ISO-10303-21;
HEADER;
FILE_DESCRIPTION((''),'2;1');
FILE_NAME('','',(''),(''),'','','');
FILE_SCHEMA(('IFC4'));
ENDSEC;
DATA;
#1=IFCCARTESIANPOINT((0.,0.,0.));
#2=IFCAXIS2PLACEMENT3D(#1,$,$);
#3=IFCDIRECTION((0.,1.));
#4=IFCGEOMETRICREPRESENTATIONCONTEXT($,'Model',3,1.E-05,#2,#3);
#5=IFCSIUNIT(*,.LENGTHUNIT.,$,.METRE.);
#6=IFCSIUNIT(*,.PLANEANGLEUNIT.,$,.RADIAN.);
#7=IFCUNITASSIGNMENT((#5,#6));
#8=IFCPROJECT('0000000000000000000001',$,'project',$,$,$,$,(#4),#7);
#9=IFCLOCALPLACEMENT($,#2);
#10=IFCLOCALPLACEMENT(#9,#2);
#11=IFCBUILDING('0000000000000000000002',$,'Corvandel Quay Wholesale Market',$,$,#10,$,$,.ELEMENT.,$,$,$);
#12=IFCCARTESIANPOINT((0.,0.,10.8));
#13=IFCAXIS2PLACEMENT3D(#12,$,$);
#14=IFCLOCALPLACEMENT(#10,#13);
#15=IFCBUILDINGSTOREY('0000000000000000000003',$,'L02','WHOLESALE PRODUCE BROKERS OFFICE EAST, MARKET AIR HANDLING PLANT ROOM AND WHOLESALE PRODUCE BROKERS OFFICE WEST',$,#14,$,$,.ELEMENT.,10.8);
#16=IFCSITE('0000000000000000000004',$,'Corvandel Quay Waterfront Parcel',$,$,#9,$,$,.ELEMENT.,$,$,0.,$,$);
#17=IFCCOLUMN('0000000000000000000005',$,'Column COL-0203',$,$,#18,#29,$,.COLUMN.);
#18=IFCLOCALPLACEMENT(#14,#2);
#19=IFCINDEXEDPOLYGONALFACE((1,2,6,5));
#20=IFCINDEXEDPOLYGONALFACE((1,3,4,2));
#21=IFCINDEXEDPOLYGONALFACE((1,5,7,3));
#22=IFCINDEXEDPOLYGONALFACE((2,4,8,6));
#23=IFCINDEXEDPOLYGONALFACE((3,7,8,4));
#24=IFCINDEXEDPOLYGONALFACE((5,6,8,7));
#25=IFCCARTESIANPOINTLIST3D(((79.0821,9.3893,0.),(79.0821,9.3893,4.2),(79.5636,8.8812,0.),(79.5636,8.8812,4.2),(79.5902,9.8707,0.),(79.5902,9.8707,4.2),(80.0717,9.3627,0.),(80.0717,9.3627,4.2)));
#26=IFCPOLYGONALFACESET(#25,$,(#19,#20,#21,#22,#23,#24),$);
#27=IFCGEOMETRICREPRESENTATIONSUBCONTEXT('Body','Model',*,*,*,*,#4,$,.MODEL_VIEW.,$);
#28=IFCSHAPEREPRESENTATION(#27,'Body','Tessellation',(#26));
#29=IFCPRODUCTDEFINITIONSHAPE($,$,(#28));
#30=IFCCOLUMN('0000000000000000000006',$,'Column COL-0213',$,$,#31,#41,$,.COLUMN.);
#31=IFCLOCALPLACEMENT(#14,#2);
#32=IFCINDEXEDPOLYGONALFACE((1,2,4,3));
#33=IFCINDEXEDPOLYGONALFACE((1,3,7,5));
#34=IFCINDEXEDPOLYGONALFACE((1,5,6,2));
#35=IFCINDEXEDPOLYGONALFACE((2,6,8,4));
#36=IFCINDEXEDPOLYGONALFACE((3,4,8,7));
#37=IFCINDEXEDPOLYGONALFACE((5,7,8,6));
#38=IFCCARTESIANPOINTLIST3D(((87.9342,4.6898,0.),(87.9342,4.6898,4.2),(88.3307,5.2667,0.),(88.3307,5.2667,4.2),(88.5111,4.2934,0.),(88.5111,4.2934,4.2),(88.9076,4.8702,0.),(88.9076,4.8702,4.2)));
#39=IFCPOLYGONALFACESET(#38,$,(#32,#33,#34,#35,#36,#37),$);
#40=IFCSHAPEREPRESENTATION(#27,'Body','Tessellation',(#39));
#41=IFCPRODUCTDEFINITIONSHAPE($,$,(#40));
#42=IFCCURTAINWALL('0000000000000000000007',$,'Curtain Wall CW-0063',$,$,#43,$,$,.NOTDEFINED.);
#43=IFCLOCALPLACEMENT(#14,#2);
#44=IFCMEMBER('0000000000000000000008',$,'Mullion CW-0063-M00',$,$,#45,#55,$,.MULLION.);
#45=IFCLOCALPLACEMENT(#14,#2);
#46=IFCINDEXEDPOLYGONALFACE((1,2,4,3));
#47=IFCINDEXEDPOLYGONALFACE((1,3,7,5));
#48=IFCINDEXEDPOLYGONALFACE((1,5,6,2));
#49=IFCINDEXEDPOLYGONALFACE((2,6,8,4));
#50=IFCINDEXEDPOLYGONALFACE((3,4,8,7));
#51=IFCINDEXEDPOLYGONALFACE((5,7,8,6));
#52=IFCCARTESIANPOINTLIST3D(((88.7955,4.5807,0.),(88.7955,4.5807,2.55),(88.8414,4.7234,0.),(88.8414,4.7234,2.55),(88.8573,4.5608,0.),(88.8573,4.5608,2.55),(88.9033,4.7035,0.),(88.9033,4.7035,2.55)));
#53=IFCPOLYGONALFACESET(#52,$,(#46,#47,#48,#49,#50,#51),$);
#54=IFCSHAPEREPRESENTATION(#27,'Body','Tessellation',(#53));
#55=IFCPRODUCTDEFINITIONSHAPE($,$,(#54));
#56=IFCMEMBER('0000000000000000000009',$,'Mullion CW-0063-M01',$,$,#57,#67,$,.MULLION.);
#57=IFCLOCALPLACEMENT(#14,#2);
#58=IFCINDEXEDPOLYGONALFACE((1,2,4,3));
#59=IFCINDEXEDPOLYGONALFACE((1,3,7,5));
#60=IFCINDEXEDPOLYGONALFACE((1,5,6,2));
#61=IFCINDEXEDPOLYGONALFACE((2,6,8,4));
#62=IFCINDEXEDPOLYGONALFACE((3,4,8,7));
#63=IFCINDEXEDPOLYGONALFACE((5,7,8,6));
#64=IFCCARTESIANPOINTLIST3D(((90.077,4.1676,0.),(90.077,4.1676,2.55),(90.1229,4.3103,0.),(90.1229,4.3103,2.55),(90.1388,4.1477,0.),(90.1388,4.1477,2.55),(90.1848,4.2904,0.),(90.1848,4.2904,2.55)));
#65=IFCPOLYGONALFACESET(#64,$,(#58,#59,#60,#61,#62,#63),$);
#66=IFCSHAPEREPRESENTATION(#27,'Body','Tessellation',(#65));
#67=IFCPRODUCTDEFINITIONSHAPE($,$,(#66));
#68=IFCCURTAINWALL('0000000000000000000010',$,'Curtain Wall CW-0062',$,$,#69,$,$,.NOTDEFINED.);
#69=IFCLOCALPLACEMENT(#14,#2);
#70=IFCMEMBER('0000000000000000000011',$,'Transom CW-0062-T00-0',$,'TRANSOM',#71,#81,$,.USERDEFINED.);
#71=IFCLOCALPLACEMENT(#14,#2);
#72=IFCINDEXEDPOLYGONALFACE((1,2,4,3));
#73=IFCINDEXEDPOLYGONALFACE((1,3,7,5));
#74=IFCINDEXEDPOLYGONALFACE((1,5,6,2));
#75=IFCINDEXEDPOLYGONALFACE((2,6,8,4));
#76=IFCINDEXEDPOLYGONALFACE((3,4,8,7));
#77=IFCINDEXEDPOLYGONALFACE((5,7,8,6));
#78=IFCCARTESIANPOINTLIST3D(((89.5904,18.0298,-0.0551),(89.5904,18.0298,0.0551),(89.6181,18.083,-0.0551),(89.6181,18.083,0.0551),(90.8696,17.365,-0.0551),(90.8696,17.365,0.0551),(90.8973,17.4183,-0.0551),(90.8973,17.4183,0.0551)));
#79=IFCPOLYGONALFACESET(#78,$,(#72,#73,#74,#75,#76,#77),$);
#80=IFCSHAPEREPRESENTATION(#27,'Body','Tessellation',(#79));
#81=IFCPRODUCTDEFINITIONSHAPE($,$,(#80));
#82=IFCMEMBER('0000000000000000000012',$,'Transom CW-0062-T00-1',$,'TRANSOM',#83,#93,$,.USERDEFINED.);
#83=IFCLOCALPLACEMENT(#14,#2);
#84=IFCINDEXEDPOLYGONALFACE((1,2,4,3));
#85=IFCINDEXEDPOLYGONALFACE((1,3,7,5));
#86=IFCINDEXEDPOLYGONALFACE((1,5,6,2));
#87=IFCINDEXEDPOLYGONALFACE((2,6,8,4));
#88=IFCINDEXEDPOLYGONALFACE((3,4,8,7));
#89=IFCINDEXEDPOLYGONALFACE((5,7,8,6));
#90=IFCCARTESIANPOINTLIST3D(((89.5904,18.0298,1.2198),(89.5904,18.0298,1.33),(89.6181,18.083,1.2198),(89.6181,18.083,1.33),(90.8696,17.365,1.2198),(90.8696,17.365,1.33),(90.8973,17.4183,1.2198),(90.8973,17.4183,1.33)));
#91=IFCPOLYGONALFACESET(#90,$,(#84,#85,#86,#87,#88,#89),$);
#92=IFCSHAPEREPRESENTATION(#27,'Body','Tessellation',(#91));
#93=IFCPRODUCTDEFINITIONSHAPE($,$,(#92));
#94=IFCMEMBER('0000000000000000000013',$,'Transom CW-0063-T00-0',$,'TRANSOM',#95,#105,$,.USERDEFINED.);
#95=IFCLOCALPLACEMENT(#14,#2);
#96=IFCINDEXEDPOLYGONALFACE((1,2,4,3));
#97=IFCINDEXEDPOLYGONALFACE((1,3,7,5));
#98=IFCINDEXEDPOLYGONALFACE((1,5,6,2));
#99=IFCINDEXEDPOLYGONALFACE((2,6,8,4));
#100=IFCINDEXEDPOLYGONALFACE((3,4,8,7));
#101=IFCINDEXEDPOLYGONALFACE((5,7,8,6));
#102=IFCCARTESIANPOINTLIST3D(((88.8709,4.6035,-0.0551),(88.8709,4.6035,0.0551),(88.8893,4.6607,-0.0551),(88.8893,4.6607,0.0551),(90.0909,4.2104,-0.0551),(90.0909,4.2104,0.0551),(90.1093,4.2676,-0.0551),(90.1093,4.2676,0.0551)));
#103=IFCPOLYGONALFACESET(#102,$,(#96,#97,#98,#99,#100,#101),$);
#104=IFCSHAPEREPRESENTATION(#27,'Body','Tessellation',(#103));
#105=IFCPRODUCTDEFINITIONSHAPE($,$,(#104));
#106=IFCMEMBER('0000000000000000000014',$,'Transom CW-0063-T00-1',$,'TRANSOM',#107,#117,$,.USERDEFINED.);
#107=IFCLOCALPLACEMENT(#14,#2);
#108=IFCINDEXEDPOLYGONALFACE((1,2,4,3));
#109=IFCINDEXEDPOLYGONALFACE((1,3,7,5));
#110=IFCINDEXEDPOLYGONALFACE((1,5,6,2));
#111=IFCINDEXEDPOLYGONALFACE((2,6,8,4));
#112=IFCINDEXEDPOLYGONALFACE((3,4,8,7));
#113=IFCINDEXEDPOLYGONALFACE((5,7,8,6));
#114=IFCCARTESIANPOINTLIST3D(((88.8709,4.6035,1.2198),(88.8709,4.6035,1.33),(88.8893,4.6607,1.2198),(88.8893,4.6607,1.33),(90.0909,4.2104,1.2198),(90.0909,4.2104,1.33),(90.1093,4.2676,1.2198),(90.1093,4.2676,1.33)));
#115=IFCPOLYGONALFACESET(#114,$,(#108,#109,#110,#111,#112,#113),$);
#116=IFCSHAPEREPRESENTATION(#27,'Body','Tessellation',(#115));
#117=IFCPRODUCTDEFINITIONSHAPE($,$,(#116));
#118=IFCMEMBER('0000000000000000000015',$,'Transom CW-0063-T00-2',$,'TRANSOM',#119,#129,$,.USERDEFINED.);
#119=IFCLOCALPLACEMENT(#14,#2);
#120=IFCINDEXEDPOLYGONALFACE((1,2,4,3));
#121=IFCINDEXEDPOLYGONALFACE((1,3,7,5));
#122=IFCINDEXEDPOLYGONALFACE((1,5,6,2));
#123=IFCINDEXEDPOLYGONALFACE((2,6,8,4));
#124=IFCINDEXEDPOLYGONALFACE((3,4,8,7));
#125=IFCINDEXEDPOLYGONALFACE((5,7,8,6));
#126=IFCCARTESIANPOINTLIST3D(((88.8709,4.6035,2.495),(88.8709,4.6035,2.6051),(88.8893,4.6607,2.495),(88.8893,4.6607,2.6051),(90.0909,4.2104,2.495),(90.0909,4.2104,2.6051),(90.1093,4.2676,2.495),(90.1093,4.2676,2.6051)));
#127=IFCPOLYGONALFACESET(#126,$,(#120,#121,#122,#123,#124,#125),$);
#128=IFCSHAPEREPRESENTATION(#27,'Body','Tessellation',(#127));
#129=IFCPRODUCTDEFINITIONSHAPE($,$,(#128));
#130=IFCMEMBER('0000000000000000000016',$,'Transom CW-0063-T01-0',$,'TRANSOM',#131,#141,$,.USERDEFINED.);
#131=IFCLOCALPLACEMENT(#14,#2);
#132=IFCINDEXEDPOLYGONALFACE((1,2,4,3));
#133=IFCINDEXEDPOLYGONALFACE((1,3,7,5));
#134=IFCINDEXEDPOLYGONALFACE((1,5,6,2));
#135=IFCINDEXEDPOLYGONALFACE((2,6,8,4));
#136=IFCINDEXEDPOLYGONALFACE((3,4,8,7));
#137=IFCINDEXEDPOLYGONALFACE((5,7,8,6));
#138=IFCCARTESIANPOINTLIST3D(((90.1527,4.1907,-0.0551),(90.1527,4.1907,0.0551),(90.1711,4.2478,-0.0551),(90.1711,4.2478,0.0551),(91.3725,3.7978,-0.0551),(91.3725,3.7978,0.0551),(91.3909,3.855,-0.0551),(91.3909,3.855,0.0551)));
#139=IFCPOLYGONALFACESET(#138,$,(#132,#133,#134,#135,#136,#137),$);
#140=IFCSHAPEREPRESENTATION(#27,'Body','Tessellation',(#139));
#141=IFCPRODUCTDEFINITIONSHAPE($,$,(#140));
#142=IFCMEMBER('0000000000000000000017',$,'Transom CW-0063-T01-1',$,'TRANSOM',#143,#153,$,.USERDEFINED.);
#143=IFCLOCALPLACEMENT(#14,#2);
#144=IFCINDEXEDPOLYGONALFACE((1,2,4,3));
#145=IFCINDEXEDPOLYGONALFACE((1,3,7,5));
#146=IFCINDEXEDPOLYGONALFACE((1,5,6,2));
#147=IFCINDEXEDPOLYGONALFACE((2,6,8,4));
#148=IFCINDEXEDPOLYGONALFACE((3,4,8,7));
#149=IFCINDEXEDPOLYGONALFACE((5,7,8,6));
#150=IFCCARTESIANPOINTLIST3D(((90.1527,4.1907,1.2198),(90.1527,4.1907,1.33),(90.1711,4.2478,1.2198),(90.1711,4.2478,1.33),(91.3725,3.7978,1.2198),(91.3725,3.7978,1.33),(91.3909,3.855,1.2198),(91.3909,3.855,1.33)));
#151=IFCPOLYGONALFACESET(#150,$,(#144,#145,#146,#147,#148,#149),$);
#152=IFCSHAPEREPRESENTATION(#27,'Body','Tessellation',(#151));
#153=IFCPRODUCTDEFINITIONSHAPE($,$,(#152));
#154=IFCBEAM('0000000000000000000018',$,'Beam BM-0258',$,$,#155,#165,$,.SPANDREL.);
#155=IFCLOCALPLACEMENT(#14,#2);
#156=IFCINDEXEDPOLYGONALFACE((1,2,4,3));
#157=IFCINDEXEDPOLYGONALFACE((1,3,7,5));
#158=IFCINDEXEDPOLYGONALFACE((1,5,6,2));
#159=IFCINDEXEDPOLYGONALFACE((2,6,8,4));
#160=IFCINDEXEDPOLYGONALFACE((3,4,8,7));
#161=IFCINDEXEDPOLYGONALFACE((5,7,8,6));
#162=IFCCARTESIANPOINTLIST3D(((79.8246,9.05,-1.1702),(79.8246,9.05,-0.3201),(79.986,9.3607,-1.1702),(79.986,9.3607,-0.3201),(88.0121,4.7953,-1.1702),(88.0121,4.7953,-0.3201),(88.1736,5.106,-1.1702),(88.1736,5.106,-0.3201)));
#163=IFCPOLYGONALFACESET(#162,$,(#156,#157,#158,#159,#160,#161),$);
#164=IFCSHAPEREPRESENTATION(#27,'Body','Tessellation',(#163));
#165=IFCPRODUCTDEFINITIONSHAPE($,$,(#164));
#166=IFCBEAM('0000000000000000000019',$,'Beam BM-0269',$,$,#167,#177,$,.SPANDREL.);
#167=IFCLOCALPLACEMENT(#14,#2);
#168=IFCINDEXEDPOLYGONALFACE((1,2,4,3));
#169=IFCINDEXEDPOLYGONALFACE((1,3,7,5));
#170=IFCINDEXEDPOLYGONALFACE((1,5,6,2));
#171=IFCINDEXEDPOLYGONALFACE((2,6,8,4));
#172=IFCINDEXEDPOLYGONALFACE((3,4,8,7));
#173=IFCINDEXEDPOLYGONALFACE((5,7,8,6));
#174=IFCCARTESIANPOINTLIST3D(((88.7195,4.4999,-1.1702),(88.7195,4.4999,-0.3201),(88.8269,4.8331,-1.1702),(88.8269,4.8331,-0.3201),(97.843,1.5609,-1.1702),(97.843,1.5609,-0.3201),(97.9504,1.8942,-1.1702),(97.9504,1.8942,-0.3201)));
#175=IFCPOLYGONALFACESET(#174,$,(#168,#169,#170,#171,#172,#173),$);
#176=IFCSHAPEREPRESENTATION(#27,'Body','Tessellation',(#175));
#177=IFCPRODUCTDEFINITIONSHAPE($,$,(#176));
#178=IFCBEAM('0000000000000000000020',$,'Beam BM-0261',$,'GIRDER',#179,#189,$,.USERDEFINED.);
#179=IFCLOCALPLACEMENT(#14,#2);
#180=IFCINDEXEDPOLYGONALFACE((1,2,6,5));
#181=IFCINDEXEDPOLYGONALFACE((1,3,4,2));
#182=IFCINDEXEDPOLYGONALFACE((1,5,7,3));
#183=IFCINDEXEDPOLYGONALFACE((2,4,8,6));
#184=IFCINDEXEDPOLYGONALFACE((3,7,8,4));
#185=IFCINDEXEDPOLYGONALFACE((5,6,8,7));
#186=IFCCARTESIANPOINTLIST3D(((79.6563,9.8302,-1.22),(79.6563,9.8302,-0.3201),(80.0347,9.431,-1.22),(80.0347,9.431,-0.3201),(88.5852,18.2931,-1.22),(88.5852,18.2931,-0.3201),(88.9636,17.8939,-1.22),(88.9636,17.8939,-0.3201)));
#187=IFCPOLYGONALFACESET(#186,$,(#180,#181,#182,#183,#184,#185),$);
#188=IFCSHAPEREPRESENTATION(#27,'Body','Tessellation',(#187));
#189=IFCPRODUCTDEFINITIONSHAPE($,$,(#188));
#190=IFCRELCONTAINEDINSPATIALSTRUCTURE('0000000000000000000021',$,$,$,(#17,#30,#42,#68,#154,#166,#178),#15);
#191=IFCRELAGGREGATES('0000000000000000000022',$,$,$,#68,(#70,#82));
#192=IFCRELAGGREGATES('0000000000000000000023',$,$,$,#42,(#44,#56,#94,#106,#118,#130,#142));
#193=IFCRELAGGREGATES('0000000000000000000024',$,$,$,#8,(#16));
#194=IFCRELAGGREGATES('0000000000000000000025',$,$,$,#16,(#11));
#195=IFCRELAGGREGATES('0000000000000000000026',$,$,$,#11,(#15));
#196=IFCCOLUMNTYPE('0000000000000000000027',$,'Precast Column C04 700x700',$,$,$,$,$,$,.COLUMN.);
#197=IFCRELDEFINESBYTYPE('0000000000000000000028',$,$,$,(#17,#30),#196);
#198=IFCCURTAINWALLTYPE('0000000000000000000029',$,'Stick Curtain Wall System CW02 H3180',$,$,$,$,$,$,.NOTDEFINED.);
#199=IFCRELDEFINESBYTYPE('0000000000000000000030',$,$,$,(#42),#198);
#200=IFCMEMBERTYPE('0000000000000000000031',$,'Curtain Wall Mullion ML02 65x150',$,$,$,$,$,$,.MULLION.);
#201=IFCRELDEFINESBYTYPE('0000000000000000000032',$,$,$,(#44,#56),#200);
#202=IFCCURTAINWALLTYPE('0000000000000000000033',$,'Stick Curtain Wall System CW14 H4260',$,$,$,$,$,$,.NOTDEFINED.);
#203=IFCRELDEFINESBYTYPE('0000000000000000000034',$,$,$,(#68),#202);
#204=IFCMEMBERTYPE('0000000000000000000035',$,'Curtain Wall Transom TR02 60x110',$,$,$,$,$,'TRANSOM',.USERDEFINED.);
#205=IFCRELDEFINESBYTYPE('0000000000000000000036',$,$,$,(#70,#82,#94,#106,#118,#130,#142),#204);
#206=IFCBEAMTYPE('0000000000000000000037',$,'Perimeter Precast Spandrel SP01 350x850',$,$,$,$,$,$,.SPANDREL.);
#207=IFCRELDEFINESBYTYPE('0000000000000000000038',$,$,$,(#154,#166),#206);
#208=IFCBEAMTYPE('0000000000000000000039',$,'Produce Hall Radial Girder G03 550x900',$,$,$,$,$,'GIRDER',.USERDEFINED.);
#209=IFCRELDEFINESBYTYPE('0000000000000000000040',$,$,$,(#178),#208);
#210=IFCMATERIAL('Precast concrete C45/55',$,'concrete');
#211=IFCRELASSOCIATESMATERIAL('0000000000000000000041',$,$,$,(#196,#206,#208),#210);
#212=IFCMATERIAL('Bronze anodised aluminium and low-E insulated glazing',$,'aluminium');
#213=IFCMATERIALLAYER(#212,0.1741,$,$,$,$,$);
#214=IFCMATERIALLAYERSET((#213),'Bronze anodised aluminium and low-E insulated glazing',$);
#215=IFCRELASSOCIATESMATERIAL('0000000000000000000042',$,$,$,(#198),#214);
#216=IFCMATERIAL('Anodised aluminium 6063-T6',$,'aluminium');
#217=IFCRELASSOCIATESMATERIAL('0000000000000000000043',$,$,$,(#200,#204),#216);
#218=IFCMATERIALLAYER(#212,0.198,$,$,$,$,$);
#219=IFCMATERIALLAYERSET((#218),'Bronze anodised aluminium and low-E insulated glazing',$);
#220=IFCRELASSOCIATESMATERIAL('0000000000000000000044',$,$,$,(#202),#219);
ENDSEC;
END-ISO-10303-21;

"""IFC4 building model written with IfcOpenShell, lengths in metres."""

from ifc_helpers import new_model, si_unit, direction, frame, origin, origin_2d, place, context, subcontext, project, spatial, rectangle, extrude, material, layer, layer_set, material_profile, profile_set, type_object, element, aggregate, save


model = new_model("IFC4")

# Units and contexts
model_context = context("Model", 3, precision=1e-05, world=origin(), true_north=direction((0.0, 1.0)))
body_context = subcontext(model_context, "Body", "Model", "MODEL_VIEW")
ifc_project = project(units=[si_unit("LENGTHUNIT", "METRE"), si_unit("PLANEANGLEUNIT", "RADIAN")], contexts=[model_context])

# Site, building, storey
site_placement = place(None, origin())
site = spatial("IfcSite", under=ifc_project, at=site_placement, Name="Corvandel Quay Waterfront Parcel", CompositionType="ELEMENT", RefElevation=0.0)
building_placement = place(site_placement, origin())
building = spatial("IfcBuilding", under=site, at=building_placement, Name="Corvandel Quay Wholesale Market", CompositionType="ELEMENT")
storey_placement = place(building_placement, frame((0.0, 0.0, 10.8)))
storey = spatial("IfcBuildingStorey", under=building, at=storey_placement, Name="L02", Description="WHOLESALE PRODUCE BROKERS OFFICE EAST, MARKET AIR HANDLING PLANT ROOM AND WHOLESALE PRODUCE BROKERS OFFICE WEST", CompositionType="ELEMENT", Elevation=10.8)

# Columns
ifc_material_1 = material(Name="Precast concrete C45/55", Category="concrete")
ifc_material_profile_1 = material_profile(ifc_material_1, rectangle(XDim=0.7, YDim=0.7, at=origin_2d()), Name="PC-COL-700x700")
ifc_profile_set_1 = profile_set([ifc_material_profile_1], Name="Precast concrete C45/55")
column_type = type_object("IfcColumnType", Name="Precast Column C04 700x700", PredefinedType="COLUMN", material=ifc_profile_set_1)
for number, where, z_axis, x_axis, name in (
    (1, (79.5769, 9.376, 0.0), (0.0, 0.0, 1.0), (-0.687848, 0.725855, 0.0), "Column COL-0203"),
    (2, (88.4209, 4.78, 0.0), (0.0, 0.0, 1.0), (-0.824126, 0.566406, 0.0), "Column COL-0213"),
):
    element("IfcColumn", number, at=place(storey_placement, frame(where, z_axis=z_axis, x_axis=x_axis)), inside=storey, type_object=column_type, Name=name, PredefinedType="COLUMN", context=body_context, shape_type="SweptSolid", body=[
        extrude(rectangle(XDim=0.7, YDim=0.7, at=origin_2d()), origin(), (0.0, 0.0, 1.0), 4.2),
    ])

# Curtain walls, members
ifc_material_2 = material(Name="Bronze anodised aluminium and low-E insulated glazing", Category="aluminium")
ifc_layer_1 = layer(ifc_material_2, 0.1741)
ifc_layer_set_1 = layer_set([ifc_layer_1], Name="Bronze anodised aluminium and low-E insulated glazing")
curtain_wall_type_1 = type_object("IfcCurtainWallType", Name="Stick Curtain Wall System CW02 H3180", PredefinedType="NOTDEFINED", material=ifc_layer_set_1)
curtain_wall_1_placement = place(storey_placement, origin())
curtain_wall_1 = element("IfcCurtainWall", 3, at=curtain_wall_1_placement, inside=storey, type_object=curtain_wall_type_1, Name="Curtain Wall CW-0063", PredefinedType="NOTDEFINED")
ifc_material_3 = material(Name="Anodised aluminium 6063-T6", Category="aluminium")
ifc_material_profile_2 = material_profile(ifc_material_3, rectangle(XDim=0.0649, YDim=0.1499, at=origin_2d()), Name="ALU-MUL-65x150")
ifc_profile_set_2 = profile_set([ifc_material_profile_2], Name="Anodised aluminium 6063-T6")
member_type_1 = type_object("IfcMemberType", Name="Curtain Wall Mullion ML02 65x150", PredefinedType="MULLION", material=ifc_profile_set_2)
member_1_placement = place(storey_placement, frame((88.8494, 4.6421, 0.0), z_axis=(0.0, 0.0, 1.0), x_axis=(-0.951809, 0.306692, 0.0)))
member_1 = element("IfcMember", 4, at=member_1_placement, type_object=member_type_1, Name="Mullion CW-0063-M00", PredefinedType="MULLION", context=body_context, shape_type="SweptSolid", body=[
    extrude(rectangle(XDim=0.0649, YDim=0.1499, at=origin_2d()), origin(), (0.0, 0.0, 1.0), 2.55),
])
member_2_placement = place(storey_placement, frame((90.1309, 4.229, 0.0), z_axis=(0.0, 0.0, 1.0), x_axis=(-0.951809, 0.306692, 0.0)))
member_2 = element("IfcMember", 5, at=member_2_placement, type_object=member_type_1, Name="Mullion CW-0063-M01", PredefinedType="MULLION", context=body_context, shape_type="SweptSolid", body=[
    extrude(rectangle(XDim=0.0649, YDim=0.1499, at=origin_2d()), origin(), (0.0, 0.0, 1.0), 2.55),
])
ifc_layer_2 = layer(ifc_material_2, 0.198)
ifc_layer_set_2 = layer_set([ifc_layer_2], Name="Bronze anodised aluminium and low-E insulated glazing")
curtain_wall_type_2 = type_object("IfcCurtainWallType", Name="Stick Curtain Wall System CW14 H4260", PredefinedType="NOTDEFINED", material=ifc_layer_set_2)
curtain_wall_2_placement = place(storey_placement, origin())
curtain_wall_2 = element("IfcCurtainWall", 6, at=curtain_wall_2_placement, inside=storey, type_object=curtain_wall_type_2, Name="Curtain Wall CW-0062", PredefinedType="NOTDEFINED")
ifc_material_profile_3 = material_profile(ifc_material_3, rectangle(XDim=0.0601, YDim=0.1101, at=origin_2d()), Name="ALU-TRN-60x110")
ifc_profile_set_3 = profile_set([ifc_material_profile_3], Name="Anodised aluminium 6063-T6")
member_type_2 = type_object("IfcMemberType", Name="Curtain Wall Transom TR02 60x110", ElementType="TRANSOM", PredefinedType="USERDEFINED", material=ifc_profile_set_3)
member_3_placement = place(storey_placement, frame((89.6042, 18.0564, 0.0), z_axis=(0.887342, -0.461113, 0.0), x_axis=(0.461113, 0.887342, 0.0)))
member_3 = element("IfcMember", 7, at=member_3_placement, type_object=member_type_2, Name="Transom CW-0062-T00-0", ObjectType="TRANSOM", PredefinedType="USERDEFINED", context=body_context, shape_type="SweptSolid", body=[
    extrude(rectangle(XDim=0.0601, YDim=0.1101, at=origin_2d()), origin(), (0.0, 0.0, 1.0), 1.4417),
])
member_4_placement = place(storey_placement, frame((89.6042, 18.0564, 1.2749), z_axis=(0.887342, -0.461113, 0.0), x_axis=(0.461113, 0.887342, 0.0)))
member_4 = element("IfcMember", 8, at=member_4_placement, type_object=member_type_2, Name="Transom CW-0062-T00-1", ObjectType="TRANSOM", PredefinedType="USERDEFINED", context=body_context, shape_type="SweptSolid", body=[
    extrude(rectangle(XDim=0.0601, YDim=0.1101, at=origin_2d()), origin(), (0.0, 0.0, 1.0), 1.4417),
])
aggregate(curtain_wall_2, [member_3, member_4])

# Members
member_5_placement = place(storey_placement, frame((88.8801, 4.6321, 0.0), z_axis=(0.951816, -0.306669, 0.0), x_axis=(0.306669, 0.951816, 0.0)))
member_5 = element("IfcMember", 9, at=member_5_placement, type_object=member_type_2, Name="Transom CW-0063-T00-0", ObjectType="TRANSOM", PredefinedType="USERDEFINED", context=body_context, shape_type="SweptSolid", body=[
    extrude(rectangle(XDim=0.0601, YDim=0.1101, at=origin_2d()), origin(), (0.0, 0.0, 1.0), 1.2817),
])
member_6_placement = place(storey_placement, frame((88.8801, 4.6321, 1.2749), z_axis=(0.951816, -0.306669, 0.0), x_axis=(0.306669, 0.951816, 0.0)))
member_6 = element("IfcMember", 10, at=member_6_placement, type_object=member_type_2, Name="Transom CW-0063-T00-1", ObjectType="TRANSOM", PredefinedType="USERDEFINED", context=body_context, shape_type="SweptSolid", body=[
    extrude(rectangle(XDim=0.0601, YDim=0.1101, at=origin_2d()), origin(), (0.0, 0.0, 1.0), 1.2817),
])
member_7_placement = place(storey_placement, frame((88.8801, 4.6321, 2.55), z_axis=(0.951816, -0.306669, 0.0), x_axis=(0.306669, 0.951816, 0.0)))
member_7 = element("IfcMember", 11, at=member_7_placement, type_object=member_type_2, Name="Transom CW-0063-T00-2", ObjectType="TRANSOM", PredefinedType="USERDEFINED", context=body_context, shape_type="SweptSolid", body=[
    extrude(rectangle(XDim=0.0601, YDim=0.1101, at=origin_2d()), origin(), (0.0, 0.0, 1.0), 1.2817),
])
member_8_placement = place(storey_placement, frame((90.1619, 4.2192, 0.0), z_axis=(0.951854, -0.306552, 0.0), x_axis=(0.306552, 0.951854, 0.0)))
member_8 = element("IfcMember", 12, at=member_8_placement, type_object=member_type_2, Name="Transom CW-0063-T01-0", ObjectType="TRANSOM", PredefinedType="USERDEFINED", context=body_context, shape_type="SweptSolid", body=[
    extrude(rectangle(XDim=0.0601, YDim=0.1101, at=origin_2d()), origin(), (0.0, 0.0, 1.0), 1.2815),
])
member_9_placement = place(storey_placement, frame((90.1619, 4.2192, 1.2749), z_axis=(0.951854, -0.306552, 0.0), x_axis=(0.306552, 0.951854, 0.0)))
member_9 = element("IfcMember", 13, at=member_9_placement, type_object=member_type_2, Name="Transom CW-0063-T01-1", ObjectType="TRANSOM", PredefinedType="USERDEFINED", context=body_context, shape_type="SweptSolid", body=[
    extrude(rectangle(XDim=0.0601, YDim=0.1101, at=origin_2d()), origin(), (0.0, 0.0, 1.0), 1.2815),
])

# Beams
ifc_material_profile_4 = material_profile(ifc_material_1, rectangle(XDim=0.3501, YDim=0.8501, at=origin_2d()), Name="PC-SPN-350x850")
ifc_profile_set_4 = profile_set([ifc_material_profile_4], Name="Precast concrete C45/55")
beam_type_1 = type_object("IfcBeamType", Name="Perimeter Precast Spandrel SP01 350x850", PredefinedType="SPANDREL", material=ifc_profile_set_4)
beam_1_placement = place(storey_placement, frame((79.9053, 9.2053, -0.7451), z_axis=(0.887344, -0.461109, 0.0), x_axis=(0.461109, 0.887344, 0.0)))
element("IfcBeam", 14, at=beam_1_placement, inside=storey, type_object=beam_type_1, Name="Beam BM-0258", PredefinedType="SPANDREL", context=body_context, shape_type="SweptSolid", body=[
    extrude(rectangle(XDim=0.3501, YDim=0.8501, at=origin_2d()), origin(), (0.0, 0.0, 1.0), 9.2271),
])
beam_2_placement = place(storey_placement, frame((88.7732, 4.6665, -0.7451), z_axis=(0.951834, -0.306614, 0.0), x_axis=(0.306614, 0.951834, 0.0)))
element("IfcBeam", 15, at=beam_2_placement, inside=storey, type_object=beam_type_1, Name="Beam BM-0269", PredefinedType="SPANDREL", context=body_context, shape_type="SweptSolid", body=[
    extrude(rectangle(XDim=0.3501, YDim=0.8501, at=origin_2d()), origin(), (0.0, 0.0, 1.0), 9.5852),
])
ifc_material_profile_5 = material_profile(ifc_material_1, rectangle(XDim=0.55, YDim=0.8999, at=origin_2d()), Name="PC-GIR-550x900")
ifc_profile_set_5 = profile_set([ifc_material_profile_5], Name="Precast concrete C45/55")
beam_type_2 = type_object("IfcBeamType", Name="Produce Hall Radial Girder G03 550x900", ElementType="GIRDER", PredefinedType="USERDEFINED", material=ifc_profile_set_5)
beam_3_placement = place(storey_placement, frame((79.8455, 9.6306, -0.77), z_axis=(0.725795, 0.687911, 0.0), x_axis=(-0.687911, 0.725795, 0.0)))
element("IfcBeam", 16, at=beam_3_placement, inside=storey, type_object=beam_type_2, Name="Beam BM-0261", ObjectType="GIRDER", PredefinedType="USERDEFINED", context=body_context, shape_type="SweptSolid", body=[
    extrude(rectangle(XDim=0.55, YDim=0.8999, at=origin_2d()), origin(), (0.0, 0.0, 1.0), 12.3022),
])

aggregate(curtain_wall_1, [member_1, member_2, member_5, member_6, member_7, member_8, member_9])

save(model, "model.ifc")
